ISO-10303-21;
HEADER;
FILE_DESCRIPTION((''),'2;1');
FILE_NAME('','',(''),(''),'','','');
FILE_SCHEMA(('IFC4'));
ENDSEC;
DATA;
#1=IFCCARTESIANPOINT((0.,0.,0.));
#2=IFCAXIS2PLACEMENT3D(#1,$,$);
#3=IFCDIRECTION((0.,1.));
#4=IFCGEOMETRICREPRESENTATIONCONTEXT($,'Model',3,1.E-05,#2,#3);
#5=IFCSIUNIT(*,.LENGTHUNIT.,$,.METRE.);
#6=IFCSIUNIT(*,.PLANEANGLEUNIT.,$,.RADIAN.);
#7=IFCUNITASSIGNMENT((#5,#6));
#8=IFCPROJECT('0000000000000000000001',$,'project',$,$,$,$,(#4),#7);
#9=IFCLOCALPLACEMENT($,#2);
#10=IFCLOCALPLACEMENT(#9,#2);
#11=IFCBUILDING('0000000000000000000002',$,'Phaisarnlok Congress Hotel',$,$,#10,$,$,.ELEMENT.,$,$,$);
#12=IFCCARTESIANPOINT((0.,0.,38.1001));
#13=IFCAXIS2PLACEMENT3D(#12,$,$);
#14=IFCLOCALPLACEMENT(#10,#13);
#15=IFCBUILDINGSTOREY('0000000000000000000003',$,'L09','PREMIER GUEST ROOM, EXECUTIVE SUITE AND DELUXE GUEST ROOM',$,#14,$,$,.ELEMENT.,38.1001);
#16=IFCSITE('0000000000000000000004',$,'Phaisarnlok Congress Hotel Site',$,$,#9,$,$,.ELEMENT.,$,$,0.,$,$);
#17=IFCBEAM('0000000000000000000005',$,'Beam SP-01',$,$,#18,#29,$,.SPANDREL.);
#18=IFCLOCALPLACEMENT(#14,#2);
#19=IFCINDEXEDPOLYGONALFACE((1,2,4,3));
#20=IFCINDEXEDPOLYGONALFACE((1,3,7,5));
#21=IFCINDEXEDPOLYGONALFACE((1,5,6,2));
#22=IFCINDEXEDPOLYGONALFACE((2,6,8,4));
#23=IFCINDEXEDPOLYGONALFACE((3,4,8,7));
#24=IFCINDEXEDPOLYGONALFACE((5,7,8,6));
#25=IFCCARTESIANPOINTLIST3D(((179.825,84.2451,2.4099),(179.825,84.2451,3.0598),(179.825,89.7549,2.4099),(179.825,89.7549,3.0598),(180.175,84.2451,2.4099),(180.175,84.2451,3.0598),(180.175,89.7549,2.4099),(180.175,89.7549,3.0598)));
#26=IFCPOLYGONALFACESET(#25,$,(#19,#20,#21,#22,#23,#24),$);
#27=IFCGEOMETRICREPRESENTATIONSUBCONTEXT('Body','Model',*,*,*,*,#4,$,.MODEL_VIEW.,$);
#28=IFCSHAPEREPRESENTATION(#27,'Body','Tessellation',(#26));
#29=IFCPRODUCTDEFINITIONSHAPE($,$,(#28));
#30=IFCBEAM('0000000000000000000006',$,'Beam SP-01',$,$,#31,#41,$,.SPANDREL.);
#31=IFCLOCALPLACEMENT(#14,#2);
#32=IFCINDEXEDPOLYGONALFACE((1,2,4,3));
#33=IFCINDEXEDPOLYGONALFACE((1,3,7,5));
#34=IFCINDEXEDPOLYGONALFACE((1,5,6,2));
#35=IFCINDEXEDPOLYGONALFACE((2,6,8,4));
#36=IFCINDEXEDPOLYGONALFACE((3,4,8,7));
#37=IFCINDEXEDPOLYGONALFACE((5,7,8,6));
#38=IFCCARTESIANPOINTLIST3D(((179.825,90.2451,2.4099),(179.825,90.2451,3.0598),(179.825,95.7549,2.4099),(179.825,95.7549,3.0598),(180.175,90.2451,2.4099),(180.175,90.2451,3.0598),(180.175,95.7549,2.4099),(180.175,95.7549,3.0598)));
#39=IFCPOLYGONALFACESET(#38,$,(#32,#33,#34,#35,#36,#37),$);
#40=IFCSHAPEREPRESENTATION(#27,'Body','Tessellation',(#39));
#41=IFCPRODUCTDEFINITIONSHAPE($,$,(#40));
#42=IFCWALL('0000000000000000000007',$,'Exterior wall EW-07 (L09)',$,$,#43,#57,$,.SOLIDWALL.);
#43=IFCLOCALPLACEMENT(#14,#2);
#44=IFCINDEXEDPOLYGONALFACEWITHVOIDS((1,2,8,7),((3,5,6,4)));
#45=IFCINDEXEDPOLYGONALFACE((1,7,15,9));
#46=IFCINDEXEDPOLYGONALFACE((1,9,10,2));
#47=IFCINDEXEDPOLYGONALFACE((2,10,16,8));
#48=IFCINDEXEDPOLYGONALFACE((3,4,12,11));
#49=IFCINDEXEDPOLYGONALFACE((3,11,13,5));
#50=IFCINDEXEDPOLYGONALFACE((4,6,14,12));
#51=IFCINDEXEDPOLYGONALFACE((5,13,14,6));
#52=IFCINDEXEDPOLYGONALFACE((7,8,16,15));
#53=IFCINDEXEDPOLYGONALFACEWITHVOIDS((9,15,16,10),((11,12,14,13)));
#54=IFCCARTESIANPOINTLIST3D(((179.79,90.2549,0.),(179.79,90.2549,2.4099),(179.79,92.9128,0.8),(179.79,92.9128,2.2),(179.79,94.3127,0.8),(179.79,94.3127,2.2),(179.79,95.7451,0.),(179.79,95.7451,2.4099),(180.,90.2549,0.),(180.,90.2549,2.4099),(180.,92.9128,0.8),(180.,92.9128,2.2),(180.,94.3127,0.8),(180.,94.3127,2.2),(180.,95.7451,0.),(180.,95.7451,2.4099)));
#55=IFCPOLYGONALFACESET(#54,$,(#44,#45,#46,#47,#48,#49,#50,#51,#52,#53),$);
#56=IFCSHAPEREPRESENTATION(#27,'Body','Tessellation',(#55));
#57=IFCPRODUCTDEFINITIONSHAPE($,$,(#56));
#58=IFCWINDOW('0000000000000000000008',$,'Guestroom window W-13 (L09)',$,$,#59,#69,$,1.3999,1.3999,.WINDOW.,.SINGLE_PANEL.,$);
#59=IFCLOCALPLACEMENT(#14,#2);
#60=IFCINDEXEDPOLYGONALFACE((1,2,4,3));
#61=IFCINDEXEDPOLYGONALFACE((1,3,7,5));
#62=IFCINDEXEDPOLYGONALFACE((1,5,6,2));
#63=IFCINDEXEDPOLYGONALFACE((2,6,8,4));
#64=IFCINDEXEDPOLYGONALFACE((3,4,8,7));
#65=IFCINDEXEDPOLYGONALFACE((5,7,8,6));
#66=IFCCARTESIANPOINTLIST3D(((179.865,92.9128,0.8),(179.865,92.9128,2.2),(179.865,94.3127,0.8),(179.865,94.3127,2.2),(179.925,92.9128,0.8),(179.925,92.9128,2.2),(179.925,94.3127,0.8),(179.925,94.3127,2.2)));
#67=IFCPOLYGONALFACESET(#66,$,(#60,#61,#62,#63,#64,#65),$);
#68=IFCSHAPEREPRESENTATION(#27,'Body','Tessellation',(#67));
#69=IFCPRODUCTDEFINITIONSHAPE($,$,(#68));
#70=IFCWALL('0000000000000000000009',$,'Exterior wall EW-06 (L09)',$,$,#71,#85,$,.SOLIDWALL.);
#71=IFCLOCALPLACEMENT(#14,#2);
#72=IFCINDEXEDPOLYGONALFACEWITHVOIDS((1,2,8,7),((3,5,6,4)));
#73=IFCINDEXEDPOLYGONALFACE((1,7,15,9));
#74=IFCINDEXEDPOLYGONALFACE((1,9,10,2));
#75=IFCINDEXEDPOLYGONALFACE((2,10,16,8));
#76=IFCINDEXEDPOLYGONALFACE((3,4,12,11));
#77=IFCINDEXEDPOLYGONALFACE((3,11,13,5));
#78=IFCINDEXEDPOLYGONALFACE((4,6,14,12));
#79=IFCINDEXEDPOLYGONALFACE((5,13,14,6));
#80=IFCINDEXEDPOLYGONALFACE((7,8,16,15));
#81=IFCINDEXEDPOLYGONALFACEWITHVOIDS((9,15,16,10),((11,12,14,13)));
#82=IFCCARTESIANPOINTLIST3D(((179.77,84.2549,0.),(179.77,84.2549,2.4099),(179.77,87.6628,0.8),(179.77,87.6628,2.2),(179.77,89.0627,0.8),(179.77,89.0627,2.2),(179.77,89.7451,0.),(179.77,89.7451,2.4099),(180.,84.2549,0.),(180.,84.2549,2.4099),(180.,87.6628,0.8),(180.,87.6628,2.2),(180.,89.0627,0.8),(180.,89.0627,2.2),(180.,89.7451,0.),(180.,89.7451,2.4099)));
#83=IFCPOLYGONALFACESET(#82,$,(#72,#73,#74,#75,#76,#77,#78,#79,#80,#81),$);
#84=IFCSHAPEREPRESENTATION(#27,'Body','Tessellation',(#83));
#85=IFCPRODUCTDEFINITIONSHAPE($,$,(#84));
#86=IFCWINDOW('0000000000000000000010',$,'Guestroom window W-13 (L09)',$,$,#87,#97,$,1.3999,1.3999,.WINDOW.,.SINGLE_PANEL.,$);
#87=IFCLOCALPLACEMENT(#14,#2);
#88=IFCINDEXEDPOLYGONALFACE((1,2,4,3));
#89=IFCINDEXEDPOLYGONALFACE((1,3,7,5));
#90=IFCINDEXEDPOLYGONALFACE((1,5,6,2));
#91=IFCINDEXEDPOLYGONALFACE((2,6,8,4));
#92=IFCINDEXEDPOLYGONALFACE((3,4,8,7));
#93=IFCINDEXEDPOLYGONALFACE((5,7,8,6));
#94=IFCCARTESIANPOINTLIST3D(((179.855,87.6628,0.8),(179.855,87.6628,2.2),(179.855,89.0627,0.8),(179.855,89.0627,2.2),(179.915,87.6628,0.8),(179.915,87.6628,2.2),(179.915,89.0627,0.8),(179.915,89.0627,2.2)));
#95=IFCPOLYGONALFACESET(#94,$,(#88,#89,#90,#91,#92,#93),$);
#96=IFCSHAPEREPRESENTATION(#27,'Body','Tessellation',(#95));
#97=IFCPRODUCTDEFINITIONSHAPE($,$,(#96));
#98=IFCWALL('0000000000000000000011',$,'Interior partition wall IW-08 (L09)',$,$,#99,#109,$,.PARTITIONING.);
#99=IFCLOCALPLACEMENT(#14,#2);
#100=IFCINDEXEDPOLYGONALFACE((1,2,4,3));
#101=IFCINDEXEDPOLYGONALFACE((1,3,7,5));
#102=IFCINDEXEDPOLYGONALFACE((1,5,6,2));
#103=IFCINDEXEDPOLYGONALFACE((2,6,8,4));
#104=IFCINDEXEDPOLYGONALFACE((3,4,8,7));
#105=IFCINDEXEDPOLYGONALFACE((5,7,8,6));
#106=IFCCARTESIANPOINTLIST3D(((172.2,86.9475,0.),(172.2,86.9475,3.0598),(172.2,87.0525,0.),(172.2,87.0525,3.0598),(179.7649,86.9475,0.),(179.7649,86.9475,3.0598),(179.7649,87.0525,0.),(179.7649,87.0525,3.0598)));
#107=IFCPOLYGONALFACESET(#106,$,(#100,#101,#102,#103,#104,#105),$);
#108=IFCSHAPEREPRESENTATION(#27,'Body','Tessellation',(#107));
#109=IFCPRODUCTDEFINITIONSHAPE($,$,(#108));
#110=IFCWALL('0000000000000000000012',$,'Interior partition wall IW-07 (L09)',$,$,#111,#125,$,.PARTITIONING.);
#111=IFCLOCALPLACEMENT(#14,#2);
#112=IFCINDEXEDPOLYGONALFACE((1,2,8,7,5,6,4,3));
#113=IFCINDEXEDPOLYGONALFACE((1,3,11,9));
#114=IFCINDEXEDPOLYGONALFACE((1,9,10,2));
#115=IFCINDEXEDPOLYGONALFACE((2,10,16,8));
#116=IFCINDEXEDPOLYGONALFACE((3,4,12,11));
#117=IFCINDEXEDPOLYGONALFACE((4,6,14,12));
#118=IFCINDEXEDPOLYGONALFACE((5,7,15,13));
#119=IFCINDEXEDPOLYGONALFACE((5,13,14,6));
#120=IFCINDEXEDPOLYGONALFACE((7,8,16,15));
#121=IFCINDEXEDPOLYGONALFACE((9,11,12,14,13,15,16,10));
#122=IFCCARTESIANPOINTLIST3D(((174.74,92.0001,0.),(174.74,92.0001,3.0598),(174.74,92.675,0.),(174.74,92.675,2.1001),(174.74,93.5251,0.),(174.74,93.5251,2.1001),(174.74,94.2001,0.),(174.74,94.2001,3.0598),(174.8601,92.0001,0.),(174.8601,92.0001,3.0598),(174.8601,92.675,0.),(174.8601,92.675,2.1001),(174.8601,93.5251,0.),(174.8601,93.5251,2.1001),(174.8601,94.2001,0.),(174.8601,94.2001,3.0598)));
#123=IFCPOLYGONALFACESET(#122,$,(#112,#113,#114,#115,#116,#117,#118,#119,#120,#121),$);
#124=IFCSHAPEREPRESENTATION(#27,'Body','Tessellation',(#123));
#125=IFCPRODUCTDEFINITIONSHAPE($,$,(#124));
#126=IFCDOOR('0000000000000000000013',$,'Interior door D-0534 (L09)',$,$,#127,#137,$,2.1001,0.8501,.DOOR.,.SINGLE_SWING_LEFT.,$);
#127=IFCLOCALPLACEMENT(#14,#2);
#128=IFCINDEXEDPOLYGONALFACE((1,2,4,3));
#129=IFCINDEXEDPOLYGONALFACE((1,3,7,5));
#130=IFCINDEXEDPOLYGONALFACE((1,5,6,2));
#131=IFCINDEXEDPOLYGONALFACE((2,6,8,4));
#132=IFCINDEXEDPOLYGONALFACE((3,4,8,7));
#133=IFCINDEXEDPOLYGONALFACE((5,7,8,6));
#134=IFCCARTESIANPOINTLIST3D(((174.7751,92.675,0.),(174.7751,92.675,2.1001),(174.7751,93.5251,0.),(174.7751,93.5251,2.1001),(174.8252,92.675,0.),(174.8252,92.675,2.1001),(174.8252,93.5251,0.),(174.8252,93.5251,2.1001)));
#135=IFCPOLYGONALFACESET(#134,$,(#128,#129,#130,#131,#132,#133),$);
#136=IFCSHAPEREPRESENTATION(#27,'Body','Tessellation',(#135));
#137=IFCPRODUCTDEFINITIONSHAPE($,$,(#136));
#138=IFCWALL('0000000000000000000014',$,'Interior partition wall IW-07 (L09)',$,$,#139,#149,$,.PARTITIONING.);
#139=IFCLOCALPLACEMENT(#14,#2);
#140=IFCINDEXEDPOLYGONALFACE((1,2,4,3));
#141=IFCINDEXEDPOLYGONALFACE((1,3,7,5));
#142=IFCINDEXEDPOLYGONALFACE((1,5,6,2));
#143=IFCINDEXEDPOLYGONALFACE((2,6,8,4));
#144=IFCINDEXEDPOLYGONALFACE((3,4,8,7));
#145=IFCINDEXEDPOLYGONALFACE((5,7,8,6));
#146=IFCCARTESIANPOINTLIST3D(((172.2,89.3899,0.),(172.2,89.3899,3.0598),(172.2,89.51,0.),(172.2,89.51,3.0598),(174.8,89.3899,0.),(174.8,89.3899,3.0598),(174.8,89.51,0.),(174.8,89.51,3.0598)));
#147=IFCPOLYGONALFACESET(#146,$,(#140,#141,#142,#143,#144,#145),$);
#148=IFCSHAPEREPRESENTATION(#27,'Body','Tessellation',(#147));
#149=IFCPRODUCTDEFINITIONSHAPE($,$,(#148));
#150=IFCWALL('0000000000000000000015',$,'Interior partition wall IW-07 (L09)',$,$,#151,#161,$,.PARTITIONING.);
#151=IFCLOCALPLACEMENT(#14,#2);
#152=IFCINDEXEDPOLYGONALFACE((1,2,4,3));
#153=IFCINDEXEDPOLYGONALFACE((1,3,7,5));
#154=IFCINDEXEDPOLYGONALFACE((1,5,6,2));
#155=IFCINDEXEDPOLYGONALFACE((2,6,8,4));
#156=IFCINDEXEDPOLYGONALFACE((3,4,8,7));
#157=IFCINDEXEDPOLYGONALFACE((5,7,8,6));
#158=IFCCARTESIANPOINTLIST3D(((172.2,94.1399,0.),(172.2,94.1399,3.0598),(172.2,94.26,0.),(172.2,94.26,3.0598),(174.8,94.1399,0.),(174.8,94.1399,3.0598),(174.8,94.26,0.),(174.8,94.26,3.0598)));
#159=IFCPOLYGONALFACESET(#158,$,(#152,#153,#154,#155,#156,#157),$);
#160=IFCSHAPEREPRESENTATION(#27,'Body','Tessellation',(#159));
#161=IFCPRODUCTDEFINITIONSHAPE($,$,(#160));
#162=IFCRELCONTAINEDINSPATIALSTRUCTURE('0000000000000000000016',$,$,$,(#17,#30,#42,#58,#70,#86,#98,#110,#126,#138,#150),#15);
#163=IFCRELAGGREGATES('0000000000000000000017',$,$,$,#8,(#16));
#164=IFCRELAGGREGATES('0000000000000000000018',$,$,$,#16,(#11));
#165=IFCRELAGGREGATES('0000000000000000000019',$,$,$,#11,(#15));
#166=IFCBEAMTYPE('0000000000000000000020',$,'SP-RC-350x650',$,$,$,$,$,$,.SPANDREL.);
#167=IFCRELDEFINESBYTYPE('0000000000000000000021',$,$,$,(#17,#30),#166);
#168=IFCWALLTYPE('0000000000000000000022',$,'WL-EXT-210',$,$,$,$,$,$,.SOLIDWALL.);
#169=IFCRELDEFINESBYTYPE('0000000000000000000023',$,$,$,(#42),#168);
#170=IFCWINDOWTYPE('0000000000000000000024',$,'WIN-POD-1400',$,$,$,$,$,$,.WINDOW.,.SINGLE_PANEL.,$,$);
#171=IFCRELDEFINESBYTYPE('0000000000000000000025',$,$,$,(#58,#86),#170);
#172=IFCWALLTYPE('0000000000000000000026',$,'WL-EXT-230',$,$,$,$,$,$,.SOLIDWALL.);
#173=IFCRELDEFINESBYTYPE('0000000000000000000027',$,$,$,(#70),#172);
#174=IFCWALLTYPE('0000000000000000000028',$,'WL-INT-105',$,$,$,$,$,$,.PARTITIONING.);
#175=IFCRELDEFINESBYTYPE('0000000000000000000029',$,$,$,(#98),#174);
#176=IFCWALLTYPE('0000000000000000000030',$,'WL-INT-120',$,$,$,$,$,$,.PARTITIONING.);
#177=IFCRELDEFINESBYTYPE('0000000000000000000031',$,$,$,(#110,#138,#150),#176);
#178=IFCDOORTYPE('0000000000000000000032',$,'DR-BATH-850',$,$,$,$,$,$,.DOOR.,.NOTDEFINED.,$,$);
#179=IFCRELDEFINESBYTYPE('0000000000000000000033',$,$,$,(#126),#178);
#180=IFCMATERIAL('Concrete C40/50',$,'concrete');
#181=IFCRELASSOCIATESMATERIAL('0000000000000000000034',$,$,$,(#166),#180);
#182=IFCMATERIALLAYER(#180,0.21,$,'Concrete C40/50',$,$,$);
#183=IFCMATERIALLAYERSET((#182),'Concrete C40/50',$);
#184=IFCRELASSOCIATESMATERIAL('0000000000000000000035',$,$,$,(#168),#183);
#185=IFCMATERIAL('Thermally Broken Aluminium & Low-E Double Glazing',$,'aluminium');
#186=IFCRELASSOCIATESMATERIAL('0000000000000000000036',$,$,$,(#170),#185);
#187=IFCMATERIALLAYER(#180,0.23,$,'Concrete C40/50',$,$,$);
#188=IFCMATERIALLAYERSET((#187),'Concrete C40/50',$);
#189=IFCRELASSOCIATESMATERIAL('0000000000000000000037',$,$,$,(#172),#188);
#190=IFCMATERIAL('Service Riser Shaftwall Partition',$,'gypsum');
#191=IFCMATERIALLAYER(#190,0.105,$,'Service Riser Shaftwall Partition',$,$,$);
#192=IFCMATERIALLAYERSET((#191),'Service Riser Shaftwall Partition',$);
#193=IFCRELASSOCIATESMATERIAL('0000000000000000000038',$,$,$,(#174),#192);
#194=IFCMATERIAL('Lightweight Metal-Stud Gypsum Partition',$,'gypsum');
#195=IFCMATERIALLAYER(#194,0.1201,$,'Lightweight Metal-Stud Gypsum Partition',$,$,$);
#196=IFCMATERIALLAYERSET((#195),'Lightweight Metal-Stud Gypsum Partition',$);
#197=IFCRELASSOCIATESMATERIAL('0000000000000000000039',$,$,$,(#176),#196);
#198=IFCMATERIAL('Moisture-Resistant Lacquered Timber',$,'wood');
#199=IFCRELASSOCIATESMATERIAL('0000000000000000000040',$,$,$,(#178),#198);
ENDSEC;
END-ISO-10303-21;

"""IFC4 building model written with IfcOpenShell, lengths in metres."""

from ifc_helpers import new_model, si_unit, direction, frame, frame_2d, origin, origin_2d, place, context, subcontext, project, spatial, rectangle, extrude, material, layer, layer_set, material_profile, profile_set, type_object, element, fill, save


model = new_model("IFC4")

# Units and contexts
model_context = context("Model", 3, precision=1e-05, world=origin(), true_north=direction((0.0, 1.0)))
body_context = subcontext(model_context, "Body", "Model", "MODEL_VIEW")
ifc_project = project(units=[si_unit("LENGTHUNIT", "METRE"), si_unit("PLANEANGLEUNIT", "RADIAN")], contexts=[model_context])

# Site, building, storey
site_placement = place(None, origin())
site = spatial("IfcSite", under=ifc_project, at=site_placement, Name="Phaisarnlok Congress Hotel Site", CompositionType="ELEMENT", RefElevation=0.0)
building_placement = place(site_placement, origin())
building = spatial("IfcBuilding", under=site, at=building_placement, Name="Phaisarnlok Congress Hotel", CompositionType="ELEMENT")
storey_placement = place(building_placement, frame((0.0, 0.0, 38.1001)))
storey = spatial("IfcBuildingStorey", under=building, at=storey_placement, Name="L09", Description="PREMIER GUEST ROOM, EXECUTIVE SUITE AND DELUXE GUEST ROOM", CompositionType="ELEMENT", Elevation=38.1001)

# Beams
ifc_material_1 = material(Name="Concrete C40/50", Category="concrete")
ifc_material_profile_1 = material_profile(ifc_material_1, rectangle(XDim=0.3501, YDim=0.6499, at=origin_2d()), Name="RC 350x650")
ifc_profile_set_1 = profile_set([ifc_material_profile_1], Name="Concrete C40/50")
beam_type_1 = type_object("IfcBeamType", Name="SP-RC-350x650", PredefinedType="SPANDREL", material=ifc_profile_set_1)
for number, where, z_axis, x_axis, name in (
    (1, (180.0, 84.2451, 2.7349), (0.0, 1.0, 0.0), (-1.0, 0.0, 0.0), "Beam SP-01"),
    (2, (180.0, 90.2451, 2.7349), (0.0, 1.0, 0.0), (-1.0, 0.0, 0.0), "Beam SP-01"),
):
    element("IfcBeam", number, at=place(storey_placement, frame(where, z_axis=z_axis, x_axis=x_axis)), inside=storey, type_object=beam_type_1, Name=name, PredefinedType="SPANDREL", context=body_context, shape_type="SweptSolid", body=[
        extrude(rectangle(XDim=0.3501, YDim=0.6499, at=origin_2d()), origin(), (0.0, 0.0, 1.0), 5.5098),
    ])

# Walls, openings, windows
ifc_layer_1 = layer(ifc_material_1, 0.21, Name="Concrete C40/50")
ifc_layer_set_1 = layer_set([ifc_layer_1], Name="Concrete C40/50")
wall_type_1 = type_object("IfcWallType", Name="WL-EXT-210", PredefinedType="SOLIDWALL", material=ifc_layer_set_1)
wall_1_placement = place(storey_placement, frame((179.895, 90.2549, 0.0), z_axis=(0.0, 0.0, 1.0), x_axis=(0.0, 1.0, 0.0)))
wall_1 = element("IfcWall", 3, at=wall_1_placement, inside=storey, type_object=wall_type_1, Name="Exterior wall EW-07 (L09)", PredefinedType="SOLIDWALL", context=body_context, shape_type="SweptSolid", body=[
    extrude(rectangle(XDim=5.4902, YDim=0.21, at=frame_2d((2.7451, 0.0))), origin(), (0.0, 0.0, 1.0), 2.4099),
])
opening_1_placement = place(wall_1_placement, frame((2.658, 0.0, 0.8)))
opening_1 = element("IfcOpeningElement", 4, at=opening_1_placement, cuts=wall_1, PredefinedType="OPENING", context=body_context, shape_type="SweptSolid", body=[
    extrude(rectangle(XDim=1.3999, YDim=1.3999, at=frame_2d((0.7, 0.7))), frame((0.0, 0.115, 0.0), z_axis=(0.0, -1.0, 0.0), x_axis=(1.0, 0.0, 0.0)), (0.0, 0.0, 1.0), 0.23),
])
ifc_material_2 = material(Name="Thermally Broken Aluminium & Low-E Double Glazing", Category="aluminium")
window_type = type_object("IfcWindowType", Name="WIN-POD-1400", PartitioningType="SINGLE_PANEL", PredefinedType="WINDOW", material=ifc_material_2)
window_1_placement = place(opening_1_placement, origin())
window_1 = element("IfcWindow", 5, at=window_1_placement, inside=storey, type_object=window_type, Name="Guestroom window W-13 (L09)", OverallHeight=1.3999, OverallWidth=1.3999, PartitioningType="SINGLE_PANEL", PredefinedType="WINDOW", context=body_context, shape_type="SweptSolid", body=[
    extrude(rectangle(XDim=1.3999, YDim=1.3999, at=frame_2d((0.7, 0.7))), frame((0.0, 0.03, 0.0), z_axis=(0.0, -1.0, 0.0), x_axis=(1.0, 0.0, 0.0)), (0.0, 0.0, 1.0), 0.0601),
])
fill(opening_1, window_1)
ifc_layer_2 = layer(ifc_material_1, 0.23, Name="Concrete C40/50")
ifc_layer_set_2 = layer_set([ifc_layer_2], Name="Concrete C40/50")
wall_type_2 = type_object("IfcWallType", Name="WL-EXT-230", PredefinedType="SOLIDWALL", material=ifc_layer_set_2)
wall_2_placement = place(storey_placement, frame((179.885, 84.2549, 0.0), z_axis=(0.0, 0.0, 1.0), x_axis=(0.0, 1.0, 0.0)))
wall_2 = element("IfcWall", 6, at=wall_2_placement, inside=storey, type_object=wall_type_2, Name="Exterior wall EW-06 (L09)", PredefinedType="SOLIDWALL", context=body_context, shape_type="SweptSolid", body=[
    extrude(rectangle(XDim=5.4902, YDim=0.23, at=frame_2d((2.7451, 0.0))), origin(), (0.0, 0.0, 1.0), 2.4099),
])
opening_2_placement = place(wall_2_placement, frame((3.408, 0.0, 0.8)))
opening_2 = element("IfcOpeningElement", 7, at=opening_2_placement, cuts=wall_2, PredefinedType="OPENING", context=body_context, shape_type="SweptSolid", body=[
    extrude(rectangle(XDim=1.3999, YDim=1.3999, at=frame_2d((0.7, 0.7))), frame((0.0, 0.125, 0.0), z_axis=(0.0, -1.0, 0.0), x_axis=(1.0, 0.0, 0.0)), (0.0, 0.0, 1.0), 0.25),
])
window_2_placement = place(opening_2_placement, origin())
window_2 = element("IfcWindow", 8, at=window_2_placement, inside=storey, type_object=window_type, Name="Guestroom window W-13 (L09)", OverallHeight=1.3999, OverallWidth=1.3999, PartitioningType="SINGLE_PANEL", PredefinedType="WINDOW", context=body_context, shape_type="SweptSolid", body=[
    extrude(rectangle(XDim=1.3999, YDim=1.3999, at=frame_2d((0.7, 0.7))), frame((0.0, 0.03, 0.0), z_axis=(0.0, -1.0, 0.0), x_axis=(1.0, 0.0, 0.0)), (0.0, 0.0, 1.0), 0.0601),
])
fill(opening_2, window_2)

# Wall
ifc_material_3 = material(Name="Service Riser Shaftwall Partition", Category="gypsum")
ifc_layer_3 = layer(ifc_material_3, 0.105, Name="Service Riser Shaftwall Partition")
ifc_layer_set_3 = layer_set([ifc_layer_3], Name="Service Riser Shaftwall Partition")
wall_type_3 = type_object("IfcWallType", Name="WL-INT-105", PredefinedType="PARTITIONING", material=ifc_layer_set_3)
wall_3_placement = place(storey_placement, frame((172.2, 87.0, 0.0), z_axis=(0.0, 0.0, 1.0), x_axis=(1.0, 0.0, 0.0)))
element("IfcWall", 9, at=wall_3_placement, inside=storey, type_object=wall_type_3, Name="Interior partition wall IW-08 (L09)", PredefinedType="PARTITIONING", context=body_context, shape_type="SweptSolid", body=[
    extrude(rectangle(XDim=7.5649, YDim=0.105, at=frame_2d((3.7825, 0.0))), origin(), (0.0, 0.0, 1.0), 3.0598),
])

# Wall, opening, door
ifc_material_4 = material(Name="Lightweight Metal-Stud Gypsum Partition", Category="gypsum")
ifc_layer_4 = layer(ifc_material_4, 0.1201, Name="Lightweight Metal-Stud Gypsum Partition")
ifc_layer_set_4 = layer_set([ifc_layer_4], Name="Lightweight Metal-Stud Gypsum Partition")
wall_type_4 = type_object("IfcWallType", Name="WL-INT-120", PredefinedType="PARTITIONING", material=ifc_layer_set_4)
wall_4_placement = place(storey_placement, frame((174.8, 92.0, 0.0), z_axis=(0.0, 0.0, 1.0), x_axis=(0.0, 1.0, 0.0)))
wall_4 = element("IfcWall", 10, at=wall_4_placement, inside=storey, type_object=wall_type_4, Name="Interior partition wall IW-07 (L09)", PredefinedType="PARTITIONING", context=body_context, shape_type="SweptSolid", body=[
    extrude(rectangle(XDim=2.2, YDim=0.1201, at=frame_2d((1.1001, 0.0))), origin(), (0.0, 0.0, 1.0), 3.0598),
])
opening_3_placement = place(wall_4_placement, frame((0.675, 0.0, 0.0)))
opening_3 = element("IfcOpeningElement", 11, at=opening_3_placement, cuts=wall_4, PredefinedType="OPENING", context=body_context, shape_type="SweptSolid", body=[
    extrude(rectangle(XDim=0.8501, YDim=2.1001, at=frame_2d((0.425, 1.05))), frame((0.0, 0.0701, 0.0), z_axis=(0.0, -1.0, 0.0), x_axis=(1.0, 0.0, 0.0)), (0.0, 0.0, 1.0), 0.1401),
])
ifc_material_5 = material(Name="Moisture-Resistant Lacquered Timber", Category="wood")
door_type = type_object("IfcDoorType", Name="DR-BATH-850", OperationType="NOTDEFINED", PredefinedType="DOOR", material=ifc_material_5)
door_1_placement = place(opening_3_placement, origin())
door_1 = element("IfcDoor", 12, at=door_1_placement, inside=storey, type_object=door_type, Name="Interior door D-0534 (L09)", OperationType="SINGLE_SWING_LEFT", OverallHeight=2.1001, OverallWidth=0.8501, PredefinedType="DOOR", context=body_context, shape_type="SweptSolid", body=[
    extrude(rectangle(XDim=0.8501, YDim=2.1001, at=frame_2d((0.425, 1.05))), frame((0.0, 0.0249, 0.0), z_axis=(0.0, -1.0, 0.0), x_axis=(1.0, 0.0, 0.0)), (0.0, 0.0, 1.0), 0.05),
])
fill(opening_3, door_1)

# Walls
for number, where, z_axis, x_axis, name in (
    (13, (172.2, 89.45, 0.0), (0.0, 0.0, 1.0), (1.0, 0.0, 0.0), "Interior partition wall IW-07 (L09)"),
    (14, (172.2, 94.2, 0.0), (0.0, 0.0, 1.0), (1.0, 0.0, 0.0), "Interior partition wall IW-07 (L09)"),
):
    element("IfcWall", number, at=place(storey_placement, frame(where, z_axis=z_axis, x_axis=x_axis)), inside=storey, type_object=wall_type_4, Name=name, PredefinedType="PARTITIONING", context=body_context, shape_type="SweptSolid", body=[
        extrude(rectangle(XDim=2.6001, YDim=0.1201, at=frame_2d((1.3, 0.0))), origin(), (0.0, 0.0, 1.0), 3.0598),
    ])

save(model, "model.ifc")
